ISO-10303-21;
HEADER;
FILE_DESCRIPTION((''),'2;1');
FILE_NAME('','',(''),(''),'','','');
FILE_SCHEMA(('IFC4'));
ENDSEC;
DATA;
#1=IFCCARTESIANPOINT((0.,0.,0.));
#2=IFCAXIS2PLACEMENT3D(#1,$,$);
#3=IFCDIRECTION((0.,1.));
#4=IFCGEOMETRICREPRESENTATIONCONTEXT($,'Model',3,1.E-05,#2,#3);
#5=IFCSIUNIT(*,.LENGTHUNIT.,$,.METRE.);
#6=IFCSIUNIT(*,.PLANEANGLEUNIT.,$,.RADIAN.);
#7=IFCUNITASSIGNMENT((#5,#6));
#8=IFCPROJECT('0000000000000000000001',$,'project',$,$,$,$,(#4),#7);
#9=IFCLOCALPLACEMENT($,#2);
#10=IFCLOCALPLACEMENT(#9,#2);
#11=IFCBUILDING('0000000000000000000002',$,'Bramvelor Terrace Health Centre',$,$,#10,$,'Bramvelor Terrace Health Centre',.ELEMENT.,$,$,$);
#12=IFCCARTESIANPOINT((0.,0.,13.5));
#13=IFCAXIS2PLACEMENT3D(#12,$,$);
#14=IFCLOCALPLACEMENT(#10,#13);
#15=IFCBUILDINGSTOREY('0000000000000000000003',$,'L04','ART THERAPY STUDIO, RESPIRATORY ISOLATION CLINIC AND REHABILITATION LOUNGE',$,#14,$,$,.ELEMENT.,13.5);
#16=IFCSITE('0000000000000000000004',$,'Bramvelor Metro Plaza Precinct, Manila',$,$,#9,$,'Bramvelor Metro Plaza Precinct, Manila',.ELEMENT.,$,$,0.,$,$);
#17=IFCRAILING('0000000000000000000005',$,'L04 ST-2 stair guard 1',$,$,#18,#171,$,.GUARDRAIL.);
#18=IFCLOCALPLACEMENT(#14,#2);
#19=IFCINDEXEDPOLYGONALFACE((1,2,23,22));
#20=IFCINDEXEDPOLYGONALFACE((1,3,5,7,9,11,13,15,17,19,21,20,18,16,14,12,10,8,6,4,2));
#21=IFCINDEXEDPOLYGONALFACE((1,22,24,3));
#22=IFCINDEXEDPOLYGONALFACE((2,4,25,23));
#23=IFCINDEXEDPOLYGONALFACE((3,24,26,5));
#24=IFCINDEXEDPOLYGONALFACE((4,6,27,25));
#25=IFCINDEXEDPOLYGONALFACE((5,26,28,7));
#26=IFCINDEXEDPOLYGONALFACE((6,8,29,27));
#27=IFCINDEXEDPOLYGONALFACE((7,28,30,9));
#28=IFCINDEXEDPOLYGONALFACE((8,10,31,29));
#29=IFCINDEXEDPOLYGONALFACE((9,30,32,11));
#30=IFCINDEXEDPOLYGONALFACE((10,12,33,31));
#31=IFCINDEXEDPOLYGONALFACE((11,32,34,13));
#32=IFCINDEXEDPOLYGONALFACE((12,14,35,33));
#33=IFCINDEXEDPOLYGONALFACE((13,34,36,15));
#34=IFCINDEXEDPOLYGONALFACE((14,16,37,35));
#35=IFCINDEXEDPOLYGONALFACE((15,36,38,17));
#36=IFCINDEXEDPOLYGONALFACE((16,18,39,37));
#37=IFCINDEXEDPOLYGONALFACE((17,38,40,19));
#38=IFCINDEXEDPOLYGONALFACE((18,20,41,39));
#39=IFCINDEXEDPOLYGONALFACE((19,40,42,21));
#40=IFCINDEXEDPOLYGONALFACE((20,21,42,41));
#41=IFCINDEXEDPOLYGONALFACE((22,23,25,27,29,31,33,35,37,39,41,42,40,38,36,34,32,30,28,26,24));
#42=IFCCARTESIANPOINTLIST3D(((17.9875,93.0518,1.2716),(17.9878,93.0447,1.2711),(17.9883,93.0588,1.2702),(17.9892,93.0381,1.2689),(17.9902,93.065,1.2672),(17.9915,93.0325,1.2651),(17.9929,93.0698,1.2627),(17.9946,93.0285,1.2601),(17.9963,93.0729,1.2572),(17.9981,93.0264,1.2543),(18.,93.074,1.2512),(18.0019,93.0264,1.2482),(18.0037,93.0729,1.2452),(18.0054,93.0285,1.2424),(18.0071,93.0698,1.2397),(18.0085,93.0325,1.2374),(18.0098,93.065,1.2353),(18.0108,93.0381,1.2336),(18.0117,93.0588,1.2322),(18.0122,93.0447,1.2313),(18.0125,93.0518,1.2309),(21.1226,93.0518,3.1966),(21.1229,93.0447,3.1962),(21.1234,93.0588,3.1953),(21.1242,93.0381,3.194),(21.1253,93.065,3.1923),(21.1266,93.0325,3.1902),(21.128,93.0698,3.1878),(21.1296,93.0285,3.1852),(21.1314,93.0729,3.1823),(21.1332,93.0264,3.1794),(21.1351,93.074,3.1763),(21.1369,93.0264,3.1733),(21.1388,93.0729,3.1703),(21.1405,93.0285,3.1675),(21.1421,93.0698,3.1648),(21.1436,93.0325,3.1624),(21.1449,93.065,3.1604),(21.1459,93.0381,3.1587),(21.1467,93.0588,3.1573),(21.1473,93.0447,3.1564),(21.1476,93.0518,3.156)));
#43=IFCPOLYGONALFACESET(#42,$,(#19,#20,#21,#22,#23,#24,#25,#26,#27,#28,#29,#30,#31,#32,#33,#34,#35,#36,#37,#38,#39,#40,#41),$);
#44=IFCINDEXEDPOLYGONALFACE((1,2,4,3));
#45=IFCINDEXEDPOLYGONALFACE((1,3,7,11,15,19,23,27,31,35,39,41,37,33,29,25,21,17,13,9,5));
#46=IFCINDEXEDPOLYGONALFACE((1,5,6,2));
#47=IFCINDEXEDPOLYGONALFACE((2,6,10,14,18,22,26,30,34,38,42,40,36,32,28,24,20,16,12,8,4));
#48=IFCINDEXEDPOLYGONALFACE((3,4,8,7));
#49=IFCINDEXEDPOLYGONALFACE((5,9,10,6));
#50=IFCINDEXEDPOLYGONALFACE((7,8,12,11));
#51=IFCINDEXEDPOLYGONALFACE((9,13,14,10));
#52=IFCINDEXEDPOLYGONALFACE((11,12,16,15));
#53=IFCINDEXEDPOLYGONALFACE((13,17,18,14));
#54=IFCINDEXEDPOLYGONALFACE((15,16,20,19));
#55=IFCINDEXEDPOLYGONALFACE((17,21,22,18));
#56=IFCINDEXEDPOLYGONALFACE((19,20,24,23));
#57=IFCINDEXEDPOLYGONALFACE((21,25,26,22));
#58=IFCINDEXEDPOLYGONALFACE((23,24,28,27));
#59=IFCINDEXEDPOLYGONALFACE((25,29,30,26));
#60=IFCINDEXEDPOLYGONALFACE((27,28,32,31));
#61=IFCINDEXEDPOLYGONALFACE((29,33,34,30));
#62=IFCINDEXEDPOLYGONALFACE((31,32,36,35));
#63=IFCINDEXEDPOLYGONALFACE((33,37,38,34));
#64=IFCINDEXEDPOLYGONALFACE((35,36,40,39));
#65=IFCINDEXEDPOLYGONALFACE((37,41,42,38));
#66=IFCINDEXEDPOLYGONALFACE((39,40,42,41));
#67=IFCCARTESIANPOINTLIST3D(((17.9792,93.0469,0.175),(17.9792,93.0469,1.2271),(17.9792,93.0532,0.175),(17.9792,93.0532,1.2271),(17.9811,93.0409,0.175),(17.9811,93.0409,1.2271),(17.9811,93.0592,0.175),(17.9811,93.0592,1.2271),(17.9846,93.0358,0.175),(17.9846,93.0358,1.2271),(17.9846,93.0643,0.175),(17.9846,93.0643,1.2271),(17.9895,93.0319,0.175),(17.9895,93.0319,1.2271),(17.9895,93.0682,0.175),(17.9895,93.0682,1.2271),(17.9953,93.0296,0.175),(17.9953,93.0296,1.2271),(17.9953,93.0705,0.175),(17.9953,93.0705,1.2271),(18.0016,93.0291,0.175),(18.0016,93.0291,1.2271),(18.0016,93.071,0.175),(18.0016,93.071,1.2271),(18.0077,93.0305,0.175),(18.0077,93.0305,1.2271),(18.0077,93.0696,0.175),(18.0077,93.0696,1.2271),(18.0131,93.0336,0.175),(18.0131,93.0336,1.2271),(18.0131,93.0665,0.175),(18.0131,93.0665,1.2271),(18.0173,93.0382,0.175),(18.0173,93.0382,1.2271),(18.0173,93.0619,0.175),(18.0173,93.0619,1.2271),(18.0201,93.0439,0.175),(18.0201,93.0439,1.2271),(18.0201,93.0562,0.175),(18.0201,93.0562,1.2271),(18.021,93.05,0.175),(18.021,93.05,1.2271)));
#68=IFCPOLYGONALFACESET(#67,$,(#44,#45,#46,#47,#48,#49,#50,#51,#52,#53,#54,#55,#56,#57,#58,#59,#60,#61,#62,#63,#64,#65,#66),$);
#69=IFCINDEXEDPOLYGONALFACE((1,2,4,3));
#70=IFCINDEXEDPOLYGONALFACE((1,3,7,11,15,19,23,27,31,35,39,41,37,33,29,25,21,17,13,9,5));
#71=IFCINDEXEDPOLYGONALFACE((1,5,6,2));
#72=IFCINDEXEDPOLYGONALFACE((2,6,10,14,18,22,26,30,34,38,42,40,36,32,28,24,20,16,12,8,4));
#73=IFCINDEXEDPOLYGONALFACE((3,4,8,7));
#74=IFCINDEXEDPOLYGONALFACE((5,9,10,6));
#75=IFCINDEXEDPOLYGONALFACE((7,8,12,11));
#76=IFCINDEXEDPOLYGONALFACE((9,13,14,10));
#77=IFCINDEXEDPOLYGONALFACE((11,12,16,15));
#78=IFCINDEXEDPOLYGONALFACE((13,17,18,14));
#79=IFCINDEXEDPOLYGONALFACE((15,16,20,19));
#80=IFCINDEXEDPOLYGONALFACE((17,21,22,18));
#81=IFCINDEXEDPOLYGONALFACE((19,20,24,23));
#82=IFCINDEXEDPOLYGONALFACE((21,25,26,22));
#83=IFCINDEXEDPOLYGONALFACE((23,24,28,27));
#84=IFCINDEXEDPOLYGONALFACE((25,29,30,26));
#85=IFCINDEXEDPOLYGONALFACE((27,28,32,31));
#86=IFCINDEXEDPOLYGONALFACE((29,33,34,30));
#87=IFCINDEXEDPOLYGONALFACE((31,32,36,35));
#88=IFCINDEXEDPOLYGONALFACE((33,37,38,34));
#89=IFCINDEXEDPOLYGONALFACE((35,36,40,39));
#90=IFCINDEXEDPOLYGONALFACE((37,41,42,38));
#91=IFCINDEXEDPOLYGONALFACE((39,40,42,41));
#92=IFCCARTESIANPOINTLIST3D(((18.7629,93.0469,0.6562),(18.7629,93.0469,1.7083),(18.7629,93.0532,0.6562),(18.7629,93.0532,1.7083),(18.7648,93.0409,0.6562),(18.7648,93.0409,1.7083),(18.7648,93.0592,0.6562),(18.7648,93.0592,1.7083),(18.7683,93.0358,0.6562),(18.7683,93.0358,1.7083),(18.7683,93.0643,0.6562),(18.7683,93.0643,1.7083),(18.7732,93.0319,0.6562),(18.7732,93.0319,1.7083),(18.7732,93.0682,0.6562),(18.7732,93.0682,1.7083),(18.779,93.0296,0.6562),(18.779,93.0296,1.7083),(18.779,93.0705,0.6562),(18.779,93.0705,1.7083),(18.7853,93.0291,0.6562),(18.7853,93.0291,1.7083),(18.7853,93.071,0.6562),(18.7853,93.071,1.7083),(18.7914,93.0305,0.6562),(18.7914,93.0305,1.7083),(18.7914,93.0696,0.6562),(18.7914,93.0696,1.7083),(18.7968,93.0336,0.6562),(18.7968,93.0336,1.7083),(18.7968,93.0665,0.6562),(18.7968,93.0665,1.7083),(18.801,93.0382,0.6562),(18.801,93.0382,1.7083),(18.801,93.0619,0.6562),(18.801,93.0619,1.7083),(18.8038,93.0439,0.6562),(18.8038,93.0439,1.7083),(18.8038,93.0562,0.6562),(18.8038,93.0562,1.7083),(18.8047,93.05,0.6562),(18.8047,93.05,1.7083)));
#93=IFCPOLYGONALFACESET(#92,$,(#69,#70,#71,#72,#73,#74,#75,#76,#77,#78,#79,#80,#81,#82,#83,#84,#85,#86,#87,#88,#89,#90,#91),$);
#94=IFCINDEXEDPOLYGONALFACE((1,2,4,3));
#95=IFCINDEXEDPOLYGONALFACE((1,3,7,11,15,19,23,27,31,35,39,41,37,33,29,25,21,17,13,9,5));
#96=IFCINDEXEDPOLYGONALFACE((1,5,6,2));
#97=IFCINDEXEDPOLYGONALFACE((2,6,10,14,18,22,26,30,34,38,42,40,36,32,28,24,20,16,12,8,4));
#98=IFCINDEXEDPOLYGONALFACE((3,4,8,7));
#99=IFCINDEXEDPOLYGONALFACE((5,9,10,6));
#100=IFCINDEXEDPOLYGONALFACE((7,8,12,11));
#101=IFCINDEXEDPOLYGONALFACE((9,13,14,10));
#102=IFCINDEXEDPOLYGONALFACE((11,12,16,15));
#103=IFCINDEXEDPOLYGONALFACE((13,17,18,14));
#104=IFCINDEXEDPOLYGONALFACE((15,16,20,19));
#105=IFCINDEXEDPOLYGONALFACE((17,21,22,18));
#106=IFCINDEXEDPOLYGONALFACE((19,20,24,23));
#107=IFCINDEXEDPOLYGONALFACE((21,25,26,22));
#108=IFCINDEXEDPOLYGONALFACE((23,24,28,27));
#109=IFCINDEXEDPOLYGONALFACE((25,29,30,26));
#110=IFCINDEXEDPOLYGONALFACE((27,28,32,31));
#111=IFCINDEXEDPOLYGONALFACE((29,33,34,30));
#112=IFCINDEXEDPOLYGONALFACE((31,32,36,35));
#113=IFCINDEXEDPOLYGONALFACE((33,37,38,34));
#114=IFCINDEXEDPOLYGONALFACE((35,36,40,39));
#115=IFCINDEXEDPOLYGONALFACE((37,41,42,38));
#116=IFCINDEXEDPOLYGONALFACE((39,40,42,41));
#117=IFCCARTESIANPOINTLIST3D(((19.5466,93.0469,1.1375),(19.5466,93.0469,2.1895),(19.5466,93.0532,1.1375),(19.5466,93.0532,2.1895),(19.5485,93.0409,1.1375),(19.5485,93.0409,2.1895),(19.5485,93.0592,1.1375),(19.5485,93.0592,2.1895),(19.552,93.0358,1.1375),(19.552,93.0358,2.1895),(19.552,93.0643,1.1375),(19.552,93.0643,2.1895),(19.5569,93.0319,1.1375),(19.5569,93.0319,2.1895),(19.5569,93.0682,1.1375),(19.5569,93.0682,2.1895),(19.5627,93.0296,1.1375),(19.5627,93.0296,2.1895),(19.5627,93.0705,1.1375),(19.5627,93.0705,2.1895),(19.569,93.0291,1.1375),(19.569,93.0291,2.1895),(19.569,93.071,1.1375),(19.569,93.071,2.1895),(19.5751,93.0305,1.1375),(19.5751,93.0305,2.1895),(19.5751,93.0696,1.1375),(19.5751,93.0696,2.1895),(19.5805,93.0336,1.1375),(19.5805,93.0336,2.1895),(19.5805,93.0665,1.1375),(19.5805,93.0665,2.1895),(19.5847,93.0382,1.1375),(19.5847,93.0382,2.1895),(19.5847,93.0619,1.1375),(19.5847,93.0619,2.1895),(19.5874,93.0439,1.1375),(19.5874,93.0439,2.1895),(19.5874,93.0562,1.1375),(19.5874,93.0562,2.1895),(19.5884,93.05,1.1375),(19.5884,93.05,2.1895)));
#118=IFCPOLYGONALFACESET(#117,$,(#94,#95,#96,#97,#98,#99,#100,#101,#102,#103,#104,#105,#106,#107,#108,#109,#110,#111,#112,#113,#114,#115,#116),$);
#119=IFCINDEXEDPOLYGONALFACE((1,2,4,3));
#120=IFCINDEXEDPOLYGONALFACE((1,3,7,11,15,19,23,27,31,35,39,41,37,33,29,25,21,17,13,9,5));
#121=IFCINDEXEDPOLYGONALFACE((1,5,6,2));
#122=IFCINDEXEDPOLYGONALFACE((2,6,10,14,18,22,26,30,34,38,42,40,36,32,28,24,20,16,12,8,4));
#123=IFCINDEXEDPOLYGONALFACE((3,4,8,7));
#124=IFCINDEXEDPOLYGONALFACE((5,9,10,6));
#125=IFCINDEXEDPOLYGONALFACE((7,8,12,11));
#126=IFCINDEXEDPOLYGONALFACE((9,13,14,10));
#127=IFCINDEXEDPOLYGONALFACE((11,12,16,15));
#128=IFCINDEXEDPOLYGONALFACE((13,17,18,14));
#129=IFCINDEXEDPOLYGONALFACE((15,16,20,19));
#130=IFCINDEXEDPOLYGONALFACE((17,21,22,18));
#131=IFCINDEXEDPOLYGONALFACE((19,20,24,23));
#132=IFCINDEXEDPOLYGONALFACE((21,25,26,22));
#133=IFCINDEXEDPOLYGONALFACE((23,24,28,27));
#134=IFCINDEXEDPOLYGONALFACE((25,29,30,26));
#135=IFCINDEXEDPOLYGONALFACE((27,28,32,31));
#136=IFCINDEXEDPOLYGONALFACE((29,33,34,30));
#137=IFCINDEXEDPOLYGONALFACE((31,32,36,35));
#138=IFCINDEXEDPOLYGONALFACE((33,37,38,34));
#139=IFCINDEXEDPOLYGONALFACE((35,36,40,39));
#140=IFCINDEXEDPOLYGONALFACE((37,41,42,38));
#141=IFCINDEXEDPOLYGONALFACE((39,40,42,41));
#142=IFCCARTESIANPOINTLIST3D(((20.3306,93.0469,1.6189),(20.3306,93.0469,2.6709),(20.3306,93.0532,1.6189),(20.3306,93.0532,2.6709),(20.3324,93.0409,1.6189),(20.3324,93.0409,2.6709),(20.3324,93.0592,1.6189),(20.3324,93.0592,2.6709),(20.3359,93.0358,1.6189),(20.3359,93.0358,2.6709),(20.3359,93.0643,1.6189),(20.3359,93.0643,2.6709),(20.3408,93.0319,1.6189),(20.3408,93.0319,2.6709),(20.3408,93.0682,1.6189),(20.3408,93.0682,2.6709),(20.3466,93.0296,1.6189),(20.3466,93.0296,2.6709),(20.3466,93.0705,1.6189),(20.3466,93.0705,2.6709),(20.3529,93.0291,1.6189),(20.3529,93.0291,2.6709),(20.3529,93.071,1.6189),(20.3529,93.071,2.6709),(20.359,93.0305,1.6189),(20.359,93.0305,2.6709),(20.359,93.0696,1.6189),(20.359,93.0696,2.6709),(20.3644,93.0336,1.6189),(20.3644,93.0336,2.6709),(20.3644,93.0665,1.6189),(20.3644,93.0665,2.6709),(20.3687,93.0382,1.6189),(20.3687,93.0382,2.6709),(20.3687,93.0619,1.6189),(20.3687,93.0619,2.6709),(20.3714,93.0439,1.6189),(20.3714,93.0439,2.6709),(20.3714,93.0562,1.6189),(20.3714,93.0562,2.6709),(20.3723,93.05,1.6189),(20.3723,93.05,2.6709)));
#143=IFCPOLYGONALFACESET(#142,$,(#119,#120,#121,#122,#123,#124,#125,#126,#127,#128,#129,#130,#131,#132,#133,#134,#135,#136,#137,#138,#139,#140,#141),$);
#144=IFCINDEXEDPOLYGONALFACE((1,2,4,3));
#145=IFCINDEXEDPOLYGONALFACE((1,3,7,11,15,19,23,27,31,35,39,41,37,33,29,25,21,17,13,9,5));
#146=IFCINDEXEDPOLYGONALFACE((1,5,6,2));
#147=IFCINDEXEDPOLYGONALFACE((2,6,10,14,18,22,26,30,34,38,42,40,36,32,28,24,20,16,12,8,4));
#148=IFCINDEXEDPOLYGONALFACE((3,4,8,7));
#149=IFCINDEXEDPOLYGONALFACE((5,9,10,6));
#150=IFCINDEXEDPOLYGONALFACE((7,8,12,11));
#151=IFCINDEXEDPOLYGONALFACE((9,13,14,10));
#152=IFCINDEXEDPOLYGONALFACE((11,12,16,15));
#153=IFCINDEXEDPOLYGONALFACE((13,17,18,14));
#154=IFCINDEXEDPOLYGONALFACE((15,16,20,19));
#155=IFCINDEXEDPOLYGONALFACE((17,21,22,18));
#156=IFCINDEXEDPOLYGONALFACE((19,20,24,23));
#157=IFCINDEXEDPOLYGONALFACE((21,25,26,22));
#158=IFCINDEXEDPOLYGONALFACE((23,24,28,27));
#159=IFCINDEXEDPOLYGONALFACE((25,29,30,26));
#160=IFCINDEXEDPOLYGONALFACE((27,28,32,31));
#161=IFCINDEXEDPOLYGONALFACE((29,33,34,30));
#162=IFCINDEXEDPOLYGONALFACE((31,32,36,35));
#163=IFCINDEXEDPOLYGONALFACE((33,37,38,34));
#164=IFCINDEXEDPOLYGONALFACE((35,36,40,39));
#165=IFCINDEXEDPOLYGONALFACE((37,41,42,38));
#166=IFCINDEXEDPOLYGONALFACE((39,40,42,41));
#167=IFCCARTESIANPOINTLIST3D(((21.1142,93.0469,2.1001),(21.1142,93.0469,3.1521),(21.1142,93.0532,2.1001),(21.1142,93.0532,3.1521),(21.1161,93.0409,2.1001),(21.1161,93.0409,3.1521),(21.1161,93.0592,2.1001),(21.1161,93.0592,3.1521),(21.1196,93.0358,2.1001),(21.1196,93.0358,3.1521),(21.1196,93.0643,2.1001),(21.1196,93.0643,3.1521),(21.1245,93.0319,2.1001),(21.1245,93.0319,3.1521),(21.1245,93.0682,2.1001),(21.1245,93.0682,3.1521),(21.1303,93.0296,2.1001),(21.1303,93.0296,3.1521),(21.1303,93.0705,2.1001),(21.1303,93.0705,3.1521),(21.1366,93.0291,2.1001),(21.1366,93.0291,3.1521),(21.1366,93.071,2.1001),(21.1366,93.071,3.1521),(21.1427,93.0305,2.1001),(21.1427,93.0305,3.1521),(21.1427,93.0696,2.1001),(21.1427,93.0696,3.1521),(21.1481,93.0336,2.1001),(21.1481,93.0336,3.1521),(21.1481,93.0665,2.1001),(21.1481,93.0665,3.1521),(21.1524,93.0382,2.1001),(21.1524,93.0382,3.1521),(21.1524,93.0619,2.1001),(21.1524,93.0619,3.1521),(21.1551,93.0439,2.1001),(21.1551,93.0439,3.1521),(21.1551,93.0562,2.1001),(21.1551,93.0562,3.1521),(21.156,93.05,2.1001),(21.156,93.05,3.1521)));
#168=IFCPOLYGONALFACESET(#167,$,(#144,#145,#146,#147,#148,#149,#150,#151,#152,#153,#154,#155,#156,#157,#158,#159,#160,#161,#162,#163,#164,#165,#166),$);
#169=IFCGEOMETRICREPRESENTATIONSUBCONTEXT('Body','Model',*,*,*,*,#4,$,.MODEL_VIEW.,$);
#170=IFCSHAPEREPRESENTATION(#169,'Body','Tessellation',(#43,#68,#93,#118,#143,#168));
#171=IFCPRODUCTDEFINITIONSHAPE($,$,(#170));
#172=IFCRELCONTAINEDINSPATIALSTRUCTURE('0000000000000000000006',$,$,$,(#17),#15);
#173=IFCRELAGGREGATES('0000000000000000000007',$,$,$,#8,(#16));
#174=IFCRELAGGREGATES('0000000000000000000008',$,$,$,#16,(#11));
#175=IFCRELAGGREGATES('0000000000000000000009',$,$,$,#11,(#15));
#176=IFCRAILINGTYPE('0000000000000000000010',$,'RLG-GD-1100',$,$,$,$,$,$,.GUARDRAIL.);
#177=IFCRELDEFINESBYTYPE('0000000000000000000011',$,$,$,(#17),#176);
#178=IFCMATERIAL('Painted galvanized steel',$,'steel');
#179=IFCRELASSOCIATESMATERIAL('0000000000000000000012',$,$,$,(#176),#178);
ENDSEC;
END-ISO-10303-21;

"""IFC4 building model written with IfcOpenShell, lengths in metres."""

from ifc_helpers import new_model, si_unit, direction, frame, origin, origin_2d, place, context, subcontext, project, spatial, circle, extrude, material, type_object, element, save


model = new_model("IFC4")

# Units and contexts
model_context = context("Model", 3, precision=1e-05, world=origin(), true_north=direction((0.0, 1.0)))
body_context = subcontext(model_context, "Body", "Model", "MODEL_VIEW")
ifc_project = project(units=[si_unit("LENGTHUNIT", "METRE"), si_unit("PLANEANGLEUNIT", "RADIAN")], contexts=[model_context])

# Site, building, storey
site_placement = place(None, origin())
site = spatial("IfcSite", under=ifc_project, at=site_placement, Name="Bramvelor Metro Plaza Precinct, Manila", LongName="Bramvelor Metro Plaza Precinct, Manila", CompositionType="ELEMENT", RefElevation=0.0)
building_placement = place(site_placement, origin())
building = spatial("IfcBuilding", under=site, at=building_placement, Name="Bramvelor Terrace Health Centre", LongName="Bramvelor Terrace Health Centre", CompositionType="ELEMENT")
storey_placement = place(building_placement, frame((0.0, 0.0, 13.5)))
storey = spatial("IfcBuildingStorey", under=building, at=storey_placement, Name="L04", Description="ART THERAPY STUDIO, RESPIRATORY ISOLATION CLINIC AND REHABILITATION LOUNGE", CompositionType="ELEMENT", Elevation=13.5)

# Railing
ifc_material_1 = material(Name="Painted galvanized steel", Category="steel")
railing_type_1 = type_object("IfcRailingType", Name="RLG-GD-1100", PredefinedType="GUARDRAIL", material=ifc_material_1)
railing_1_placement = place(storey_placement, frame((18.0, 93.05, 0.175)))
element("IfcRailing", 1, at=railing_1_placement, inside=storey, type_object=railing_type_1, Name="L04 ST-2 stair guard 1", PredefinedType="GUARDRAIL", context=body_context, shape_type="SweptSolid", body=[
    extrude(circle(Radius=0.0239, at=origin_2d()), frame((0.0, 0.0, 1.0762), z_axis=(0.852166, 0.0, 0.523271), x_axis=(0.0, 1.0, 0.0)), (0.0, 0.0, 1.0), 3.679),
    extrude(circle(Radius=0.021, at=origin_2d()), origin(), (0.0, 0.0, 1.0), 1.052),
    extrude(circle(Radius=0.021, at=origin_2d()), frame((0.7837, 0.0, 0.4812)), (0.0, 0.0, 1.0), 1.052),
    extrude(circle(Radius=0.021, at=origin_2d()), frame((1.5674, 0.0, 0.9624)), (0.0, 0.0, 1.0), 1.052),
    extrude(circle(Radius=0.021, at=origin_2d()), frame((2.3513, 0.0, 1.4438)), (0.0, 0.0, 1.0), 1.052),
    extrude(circle(Radius=0.021, at=origin_2d()), frame((3.135, 0.0, 1.925)), (0.0, 0.0, 1.0), 1.052),
])

save(model, "model.ifc")
